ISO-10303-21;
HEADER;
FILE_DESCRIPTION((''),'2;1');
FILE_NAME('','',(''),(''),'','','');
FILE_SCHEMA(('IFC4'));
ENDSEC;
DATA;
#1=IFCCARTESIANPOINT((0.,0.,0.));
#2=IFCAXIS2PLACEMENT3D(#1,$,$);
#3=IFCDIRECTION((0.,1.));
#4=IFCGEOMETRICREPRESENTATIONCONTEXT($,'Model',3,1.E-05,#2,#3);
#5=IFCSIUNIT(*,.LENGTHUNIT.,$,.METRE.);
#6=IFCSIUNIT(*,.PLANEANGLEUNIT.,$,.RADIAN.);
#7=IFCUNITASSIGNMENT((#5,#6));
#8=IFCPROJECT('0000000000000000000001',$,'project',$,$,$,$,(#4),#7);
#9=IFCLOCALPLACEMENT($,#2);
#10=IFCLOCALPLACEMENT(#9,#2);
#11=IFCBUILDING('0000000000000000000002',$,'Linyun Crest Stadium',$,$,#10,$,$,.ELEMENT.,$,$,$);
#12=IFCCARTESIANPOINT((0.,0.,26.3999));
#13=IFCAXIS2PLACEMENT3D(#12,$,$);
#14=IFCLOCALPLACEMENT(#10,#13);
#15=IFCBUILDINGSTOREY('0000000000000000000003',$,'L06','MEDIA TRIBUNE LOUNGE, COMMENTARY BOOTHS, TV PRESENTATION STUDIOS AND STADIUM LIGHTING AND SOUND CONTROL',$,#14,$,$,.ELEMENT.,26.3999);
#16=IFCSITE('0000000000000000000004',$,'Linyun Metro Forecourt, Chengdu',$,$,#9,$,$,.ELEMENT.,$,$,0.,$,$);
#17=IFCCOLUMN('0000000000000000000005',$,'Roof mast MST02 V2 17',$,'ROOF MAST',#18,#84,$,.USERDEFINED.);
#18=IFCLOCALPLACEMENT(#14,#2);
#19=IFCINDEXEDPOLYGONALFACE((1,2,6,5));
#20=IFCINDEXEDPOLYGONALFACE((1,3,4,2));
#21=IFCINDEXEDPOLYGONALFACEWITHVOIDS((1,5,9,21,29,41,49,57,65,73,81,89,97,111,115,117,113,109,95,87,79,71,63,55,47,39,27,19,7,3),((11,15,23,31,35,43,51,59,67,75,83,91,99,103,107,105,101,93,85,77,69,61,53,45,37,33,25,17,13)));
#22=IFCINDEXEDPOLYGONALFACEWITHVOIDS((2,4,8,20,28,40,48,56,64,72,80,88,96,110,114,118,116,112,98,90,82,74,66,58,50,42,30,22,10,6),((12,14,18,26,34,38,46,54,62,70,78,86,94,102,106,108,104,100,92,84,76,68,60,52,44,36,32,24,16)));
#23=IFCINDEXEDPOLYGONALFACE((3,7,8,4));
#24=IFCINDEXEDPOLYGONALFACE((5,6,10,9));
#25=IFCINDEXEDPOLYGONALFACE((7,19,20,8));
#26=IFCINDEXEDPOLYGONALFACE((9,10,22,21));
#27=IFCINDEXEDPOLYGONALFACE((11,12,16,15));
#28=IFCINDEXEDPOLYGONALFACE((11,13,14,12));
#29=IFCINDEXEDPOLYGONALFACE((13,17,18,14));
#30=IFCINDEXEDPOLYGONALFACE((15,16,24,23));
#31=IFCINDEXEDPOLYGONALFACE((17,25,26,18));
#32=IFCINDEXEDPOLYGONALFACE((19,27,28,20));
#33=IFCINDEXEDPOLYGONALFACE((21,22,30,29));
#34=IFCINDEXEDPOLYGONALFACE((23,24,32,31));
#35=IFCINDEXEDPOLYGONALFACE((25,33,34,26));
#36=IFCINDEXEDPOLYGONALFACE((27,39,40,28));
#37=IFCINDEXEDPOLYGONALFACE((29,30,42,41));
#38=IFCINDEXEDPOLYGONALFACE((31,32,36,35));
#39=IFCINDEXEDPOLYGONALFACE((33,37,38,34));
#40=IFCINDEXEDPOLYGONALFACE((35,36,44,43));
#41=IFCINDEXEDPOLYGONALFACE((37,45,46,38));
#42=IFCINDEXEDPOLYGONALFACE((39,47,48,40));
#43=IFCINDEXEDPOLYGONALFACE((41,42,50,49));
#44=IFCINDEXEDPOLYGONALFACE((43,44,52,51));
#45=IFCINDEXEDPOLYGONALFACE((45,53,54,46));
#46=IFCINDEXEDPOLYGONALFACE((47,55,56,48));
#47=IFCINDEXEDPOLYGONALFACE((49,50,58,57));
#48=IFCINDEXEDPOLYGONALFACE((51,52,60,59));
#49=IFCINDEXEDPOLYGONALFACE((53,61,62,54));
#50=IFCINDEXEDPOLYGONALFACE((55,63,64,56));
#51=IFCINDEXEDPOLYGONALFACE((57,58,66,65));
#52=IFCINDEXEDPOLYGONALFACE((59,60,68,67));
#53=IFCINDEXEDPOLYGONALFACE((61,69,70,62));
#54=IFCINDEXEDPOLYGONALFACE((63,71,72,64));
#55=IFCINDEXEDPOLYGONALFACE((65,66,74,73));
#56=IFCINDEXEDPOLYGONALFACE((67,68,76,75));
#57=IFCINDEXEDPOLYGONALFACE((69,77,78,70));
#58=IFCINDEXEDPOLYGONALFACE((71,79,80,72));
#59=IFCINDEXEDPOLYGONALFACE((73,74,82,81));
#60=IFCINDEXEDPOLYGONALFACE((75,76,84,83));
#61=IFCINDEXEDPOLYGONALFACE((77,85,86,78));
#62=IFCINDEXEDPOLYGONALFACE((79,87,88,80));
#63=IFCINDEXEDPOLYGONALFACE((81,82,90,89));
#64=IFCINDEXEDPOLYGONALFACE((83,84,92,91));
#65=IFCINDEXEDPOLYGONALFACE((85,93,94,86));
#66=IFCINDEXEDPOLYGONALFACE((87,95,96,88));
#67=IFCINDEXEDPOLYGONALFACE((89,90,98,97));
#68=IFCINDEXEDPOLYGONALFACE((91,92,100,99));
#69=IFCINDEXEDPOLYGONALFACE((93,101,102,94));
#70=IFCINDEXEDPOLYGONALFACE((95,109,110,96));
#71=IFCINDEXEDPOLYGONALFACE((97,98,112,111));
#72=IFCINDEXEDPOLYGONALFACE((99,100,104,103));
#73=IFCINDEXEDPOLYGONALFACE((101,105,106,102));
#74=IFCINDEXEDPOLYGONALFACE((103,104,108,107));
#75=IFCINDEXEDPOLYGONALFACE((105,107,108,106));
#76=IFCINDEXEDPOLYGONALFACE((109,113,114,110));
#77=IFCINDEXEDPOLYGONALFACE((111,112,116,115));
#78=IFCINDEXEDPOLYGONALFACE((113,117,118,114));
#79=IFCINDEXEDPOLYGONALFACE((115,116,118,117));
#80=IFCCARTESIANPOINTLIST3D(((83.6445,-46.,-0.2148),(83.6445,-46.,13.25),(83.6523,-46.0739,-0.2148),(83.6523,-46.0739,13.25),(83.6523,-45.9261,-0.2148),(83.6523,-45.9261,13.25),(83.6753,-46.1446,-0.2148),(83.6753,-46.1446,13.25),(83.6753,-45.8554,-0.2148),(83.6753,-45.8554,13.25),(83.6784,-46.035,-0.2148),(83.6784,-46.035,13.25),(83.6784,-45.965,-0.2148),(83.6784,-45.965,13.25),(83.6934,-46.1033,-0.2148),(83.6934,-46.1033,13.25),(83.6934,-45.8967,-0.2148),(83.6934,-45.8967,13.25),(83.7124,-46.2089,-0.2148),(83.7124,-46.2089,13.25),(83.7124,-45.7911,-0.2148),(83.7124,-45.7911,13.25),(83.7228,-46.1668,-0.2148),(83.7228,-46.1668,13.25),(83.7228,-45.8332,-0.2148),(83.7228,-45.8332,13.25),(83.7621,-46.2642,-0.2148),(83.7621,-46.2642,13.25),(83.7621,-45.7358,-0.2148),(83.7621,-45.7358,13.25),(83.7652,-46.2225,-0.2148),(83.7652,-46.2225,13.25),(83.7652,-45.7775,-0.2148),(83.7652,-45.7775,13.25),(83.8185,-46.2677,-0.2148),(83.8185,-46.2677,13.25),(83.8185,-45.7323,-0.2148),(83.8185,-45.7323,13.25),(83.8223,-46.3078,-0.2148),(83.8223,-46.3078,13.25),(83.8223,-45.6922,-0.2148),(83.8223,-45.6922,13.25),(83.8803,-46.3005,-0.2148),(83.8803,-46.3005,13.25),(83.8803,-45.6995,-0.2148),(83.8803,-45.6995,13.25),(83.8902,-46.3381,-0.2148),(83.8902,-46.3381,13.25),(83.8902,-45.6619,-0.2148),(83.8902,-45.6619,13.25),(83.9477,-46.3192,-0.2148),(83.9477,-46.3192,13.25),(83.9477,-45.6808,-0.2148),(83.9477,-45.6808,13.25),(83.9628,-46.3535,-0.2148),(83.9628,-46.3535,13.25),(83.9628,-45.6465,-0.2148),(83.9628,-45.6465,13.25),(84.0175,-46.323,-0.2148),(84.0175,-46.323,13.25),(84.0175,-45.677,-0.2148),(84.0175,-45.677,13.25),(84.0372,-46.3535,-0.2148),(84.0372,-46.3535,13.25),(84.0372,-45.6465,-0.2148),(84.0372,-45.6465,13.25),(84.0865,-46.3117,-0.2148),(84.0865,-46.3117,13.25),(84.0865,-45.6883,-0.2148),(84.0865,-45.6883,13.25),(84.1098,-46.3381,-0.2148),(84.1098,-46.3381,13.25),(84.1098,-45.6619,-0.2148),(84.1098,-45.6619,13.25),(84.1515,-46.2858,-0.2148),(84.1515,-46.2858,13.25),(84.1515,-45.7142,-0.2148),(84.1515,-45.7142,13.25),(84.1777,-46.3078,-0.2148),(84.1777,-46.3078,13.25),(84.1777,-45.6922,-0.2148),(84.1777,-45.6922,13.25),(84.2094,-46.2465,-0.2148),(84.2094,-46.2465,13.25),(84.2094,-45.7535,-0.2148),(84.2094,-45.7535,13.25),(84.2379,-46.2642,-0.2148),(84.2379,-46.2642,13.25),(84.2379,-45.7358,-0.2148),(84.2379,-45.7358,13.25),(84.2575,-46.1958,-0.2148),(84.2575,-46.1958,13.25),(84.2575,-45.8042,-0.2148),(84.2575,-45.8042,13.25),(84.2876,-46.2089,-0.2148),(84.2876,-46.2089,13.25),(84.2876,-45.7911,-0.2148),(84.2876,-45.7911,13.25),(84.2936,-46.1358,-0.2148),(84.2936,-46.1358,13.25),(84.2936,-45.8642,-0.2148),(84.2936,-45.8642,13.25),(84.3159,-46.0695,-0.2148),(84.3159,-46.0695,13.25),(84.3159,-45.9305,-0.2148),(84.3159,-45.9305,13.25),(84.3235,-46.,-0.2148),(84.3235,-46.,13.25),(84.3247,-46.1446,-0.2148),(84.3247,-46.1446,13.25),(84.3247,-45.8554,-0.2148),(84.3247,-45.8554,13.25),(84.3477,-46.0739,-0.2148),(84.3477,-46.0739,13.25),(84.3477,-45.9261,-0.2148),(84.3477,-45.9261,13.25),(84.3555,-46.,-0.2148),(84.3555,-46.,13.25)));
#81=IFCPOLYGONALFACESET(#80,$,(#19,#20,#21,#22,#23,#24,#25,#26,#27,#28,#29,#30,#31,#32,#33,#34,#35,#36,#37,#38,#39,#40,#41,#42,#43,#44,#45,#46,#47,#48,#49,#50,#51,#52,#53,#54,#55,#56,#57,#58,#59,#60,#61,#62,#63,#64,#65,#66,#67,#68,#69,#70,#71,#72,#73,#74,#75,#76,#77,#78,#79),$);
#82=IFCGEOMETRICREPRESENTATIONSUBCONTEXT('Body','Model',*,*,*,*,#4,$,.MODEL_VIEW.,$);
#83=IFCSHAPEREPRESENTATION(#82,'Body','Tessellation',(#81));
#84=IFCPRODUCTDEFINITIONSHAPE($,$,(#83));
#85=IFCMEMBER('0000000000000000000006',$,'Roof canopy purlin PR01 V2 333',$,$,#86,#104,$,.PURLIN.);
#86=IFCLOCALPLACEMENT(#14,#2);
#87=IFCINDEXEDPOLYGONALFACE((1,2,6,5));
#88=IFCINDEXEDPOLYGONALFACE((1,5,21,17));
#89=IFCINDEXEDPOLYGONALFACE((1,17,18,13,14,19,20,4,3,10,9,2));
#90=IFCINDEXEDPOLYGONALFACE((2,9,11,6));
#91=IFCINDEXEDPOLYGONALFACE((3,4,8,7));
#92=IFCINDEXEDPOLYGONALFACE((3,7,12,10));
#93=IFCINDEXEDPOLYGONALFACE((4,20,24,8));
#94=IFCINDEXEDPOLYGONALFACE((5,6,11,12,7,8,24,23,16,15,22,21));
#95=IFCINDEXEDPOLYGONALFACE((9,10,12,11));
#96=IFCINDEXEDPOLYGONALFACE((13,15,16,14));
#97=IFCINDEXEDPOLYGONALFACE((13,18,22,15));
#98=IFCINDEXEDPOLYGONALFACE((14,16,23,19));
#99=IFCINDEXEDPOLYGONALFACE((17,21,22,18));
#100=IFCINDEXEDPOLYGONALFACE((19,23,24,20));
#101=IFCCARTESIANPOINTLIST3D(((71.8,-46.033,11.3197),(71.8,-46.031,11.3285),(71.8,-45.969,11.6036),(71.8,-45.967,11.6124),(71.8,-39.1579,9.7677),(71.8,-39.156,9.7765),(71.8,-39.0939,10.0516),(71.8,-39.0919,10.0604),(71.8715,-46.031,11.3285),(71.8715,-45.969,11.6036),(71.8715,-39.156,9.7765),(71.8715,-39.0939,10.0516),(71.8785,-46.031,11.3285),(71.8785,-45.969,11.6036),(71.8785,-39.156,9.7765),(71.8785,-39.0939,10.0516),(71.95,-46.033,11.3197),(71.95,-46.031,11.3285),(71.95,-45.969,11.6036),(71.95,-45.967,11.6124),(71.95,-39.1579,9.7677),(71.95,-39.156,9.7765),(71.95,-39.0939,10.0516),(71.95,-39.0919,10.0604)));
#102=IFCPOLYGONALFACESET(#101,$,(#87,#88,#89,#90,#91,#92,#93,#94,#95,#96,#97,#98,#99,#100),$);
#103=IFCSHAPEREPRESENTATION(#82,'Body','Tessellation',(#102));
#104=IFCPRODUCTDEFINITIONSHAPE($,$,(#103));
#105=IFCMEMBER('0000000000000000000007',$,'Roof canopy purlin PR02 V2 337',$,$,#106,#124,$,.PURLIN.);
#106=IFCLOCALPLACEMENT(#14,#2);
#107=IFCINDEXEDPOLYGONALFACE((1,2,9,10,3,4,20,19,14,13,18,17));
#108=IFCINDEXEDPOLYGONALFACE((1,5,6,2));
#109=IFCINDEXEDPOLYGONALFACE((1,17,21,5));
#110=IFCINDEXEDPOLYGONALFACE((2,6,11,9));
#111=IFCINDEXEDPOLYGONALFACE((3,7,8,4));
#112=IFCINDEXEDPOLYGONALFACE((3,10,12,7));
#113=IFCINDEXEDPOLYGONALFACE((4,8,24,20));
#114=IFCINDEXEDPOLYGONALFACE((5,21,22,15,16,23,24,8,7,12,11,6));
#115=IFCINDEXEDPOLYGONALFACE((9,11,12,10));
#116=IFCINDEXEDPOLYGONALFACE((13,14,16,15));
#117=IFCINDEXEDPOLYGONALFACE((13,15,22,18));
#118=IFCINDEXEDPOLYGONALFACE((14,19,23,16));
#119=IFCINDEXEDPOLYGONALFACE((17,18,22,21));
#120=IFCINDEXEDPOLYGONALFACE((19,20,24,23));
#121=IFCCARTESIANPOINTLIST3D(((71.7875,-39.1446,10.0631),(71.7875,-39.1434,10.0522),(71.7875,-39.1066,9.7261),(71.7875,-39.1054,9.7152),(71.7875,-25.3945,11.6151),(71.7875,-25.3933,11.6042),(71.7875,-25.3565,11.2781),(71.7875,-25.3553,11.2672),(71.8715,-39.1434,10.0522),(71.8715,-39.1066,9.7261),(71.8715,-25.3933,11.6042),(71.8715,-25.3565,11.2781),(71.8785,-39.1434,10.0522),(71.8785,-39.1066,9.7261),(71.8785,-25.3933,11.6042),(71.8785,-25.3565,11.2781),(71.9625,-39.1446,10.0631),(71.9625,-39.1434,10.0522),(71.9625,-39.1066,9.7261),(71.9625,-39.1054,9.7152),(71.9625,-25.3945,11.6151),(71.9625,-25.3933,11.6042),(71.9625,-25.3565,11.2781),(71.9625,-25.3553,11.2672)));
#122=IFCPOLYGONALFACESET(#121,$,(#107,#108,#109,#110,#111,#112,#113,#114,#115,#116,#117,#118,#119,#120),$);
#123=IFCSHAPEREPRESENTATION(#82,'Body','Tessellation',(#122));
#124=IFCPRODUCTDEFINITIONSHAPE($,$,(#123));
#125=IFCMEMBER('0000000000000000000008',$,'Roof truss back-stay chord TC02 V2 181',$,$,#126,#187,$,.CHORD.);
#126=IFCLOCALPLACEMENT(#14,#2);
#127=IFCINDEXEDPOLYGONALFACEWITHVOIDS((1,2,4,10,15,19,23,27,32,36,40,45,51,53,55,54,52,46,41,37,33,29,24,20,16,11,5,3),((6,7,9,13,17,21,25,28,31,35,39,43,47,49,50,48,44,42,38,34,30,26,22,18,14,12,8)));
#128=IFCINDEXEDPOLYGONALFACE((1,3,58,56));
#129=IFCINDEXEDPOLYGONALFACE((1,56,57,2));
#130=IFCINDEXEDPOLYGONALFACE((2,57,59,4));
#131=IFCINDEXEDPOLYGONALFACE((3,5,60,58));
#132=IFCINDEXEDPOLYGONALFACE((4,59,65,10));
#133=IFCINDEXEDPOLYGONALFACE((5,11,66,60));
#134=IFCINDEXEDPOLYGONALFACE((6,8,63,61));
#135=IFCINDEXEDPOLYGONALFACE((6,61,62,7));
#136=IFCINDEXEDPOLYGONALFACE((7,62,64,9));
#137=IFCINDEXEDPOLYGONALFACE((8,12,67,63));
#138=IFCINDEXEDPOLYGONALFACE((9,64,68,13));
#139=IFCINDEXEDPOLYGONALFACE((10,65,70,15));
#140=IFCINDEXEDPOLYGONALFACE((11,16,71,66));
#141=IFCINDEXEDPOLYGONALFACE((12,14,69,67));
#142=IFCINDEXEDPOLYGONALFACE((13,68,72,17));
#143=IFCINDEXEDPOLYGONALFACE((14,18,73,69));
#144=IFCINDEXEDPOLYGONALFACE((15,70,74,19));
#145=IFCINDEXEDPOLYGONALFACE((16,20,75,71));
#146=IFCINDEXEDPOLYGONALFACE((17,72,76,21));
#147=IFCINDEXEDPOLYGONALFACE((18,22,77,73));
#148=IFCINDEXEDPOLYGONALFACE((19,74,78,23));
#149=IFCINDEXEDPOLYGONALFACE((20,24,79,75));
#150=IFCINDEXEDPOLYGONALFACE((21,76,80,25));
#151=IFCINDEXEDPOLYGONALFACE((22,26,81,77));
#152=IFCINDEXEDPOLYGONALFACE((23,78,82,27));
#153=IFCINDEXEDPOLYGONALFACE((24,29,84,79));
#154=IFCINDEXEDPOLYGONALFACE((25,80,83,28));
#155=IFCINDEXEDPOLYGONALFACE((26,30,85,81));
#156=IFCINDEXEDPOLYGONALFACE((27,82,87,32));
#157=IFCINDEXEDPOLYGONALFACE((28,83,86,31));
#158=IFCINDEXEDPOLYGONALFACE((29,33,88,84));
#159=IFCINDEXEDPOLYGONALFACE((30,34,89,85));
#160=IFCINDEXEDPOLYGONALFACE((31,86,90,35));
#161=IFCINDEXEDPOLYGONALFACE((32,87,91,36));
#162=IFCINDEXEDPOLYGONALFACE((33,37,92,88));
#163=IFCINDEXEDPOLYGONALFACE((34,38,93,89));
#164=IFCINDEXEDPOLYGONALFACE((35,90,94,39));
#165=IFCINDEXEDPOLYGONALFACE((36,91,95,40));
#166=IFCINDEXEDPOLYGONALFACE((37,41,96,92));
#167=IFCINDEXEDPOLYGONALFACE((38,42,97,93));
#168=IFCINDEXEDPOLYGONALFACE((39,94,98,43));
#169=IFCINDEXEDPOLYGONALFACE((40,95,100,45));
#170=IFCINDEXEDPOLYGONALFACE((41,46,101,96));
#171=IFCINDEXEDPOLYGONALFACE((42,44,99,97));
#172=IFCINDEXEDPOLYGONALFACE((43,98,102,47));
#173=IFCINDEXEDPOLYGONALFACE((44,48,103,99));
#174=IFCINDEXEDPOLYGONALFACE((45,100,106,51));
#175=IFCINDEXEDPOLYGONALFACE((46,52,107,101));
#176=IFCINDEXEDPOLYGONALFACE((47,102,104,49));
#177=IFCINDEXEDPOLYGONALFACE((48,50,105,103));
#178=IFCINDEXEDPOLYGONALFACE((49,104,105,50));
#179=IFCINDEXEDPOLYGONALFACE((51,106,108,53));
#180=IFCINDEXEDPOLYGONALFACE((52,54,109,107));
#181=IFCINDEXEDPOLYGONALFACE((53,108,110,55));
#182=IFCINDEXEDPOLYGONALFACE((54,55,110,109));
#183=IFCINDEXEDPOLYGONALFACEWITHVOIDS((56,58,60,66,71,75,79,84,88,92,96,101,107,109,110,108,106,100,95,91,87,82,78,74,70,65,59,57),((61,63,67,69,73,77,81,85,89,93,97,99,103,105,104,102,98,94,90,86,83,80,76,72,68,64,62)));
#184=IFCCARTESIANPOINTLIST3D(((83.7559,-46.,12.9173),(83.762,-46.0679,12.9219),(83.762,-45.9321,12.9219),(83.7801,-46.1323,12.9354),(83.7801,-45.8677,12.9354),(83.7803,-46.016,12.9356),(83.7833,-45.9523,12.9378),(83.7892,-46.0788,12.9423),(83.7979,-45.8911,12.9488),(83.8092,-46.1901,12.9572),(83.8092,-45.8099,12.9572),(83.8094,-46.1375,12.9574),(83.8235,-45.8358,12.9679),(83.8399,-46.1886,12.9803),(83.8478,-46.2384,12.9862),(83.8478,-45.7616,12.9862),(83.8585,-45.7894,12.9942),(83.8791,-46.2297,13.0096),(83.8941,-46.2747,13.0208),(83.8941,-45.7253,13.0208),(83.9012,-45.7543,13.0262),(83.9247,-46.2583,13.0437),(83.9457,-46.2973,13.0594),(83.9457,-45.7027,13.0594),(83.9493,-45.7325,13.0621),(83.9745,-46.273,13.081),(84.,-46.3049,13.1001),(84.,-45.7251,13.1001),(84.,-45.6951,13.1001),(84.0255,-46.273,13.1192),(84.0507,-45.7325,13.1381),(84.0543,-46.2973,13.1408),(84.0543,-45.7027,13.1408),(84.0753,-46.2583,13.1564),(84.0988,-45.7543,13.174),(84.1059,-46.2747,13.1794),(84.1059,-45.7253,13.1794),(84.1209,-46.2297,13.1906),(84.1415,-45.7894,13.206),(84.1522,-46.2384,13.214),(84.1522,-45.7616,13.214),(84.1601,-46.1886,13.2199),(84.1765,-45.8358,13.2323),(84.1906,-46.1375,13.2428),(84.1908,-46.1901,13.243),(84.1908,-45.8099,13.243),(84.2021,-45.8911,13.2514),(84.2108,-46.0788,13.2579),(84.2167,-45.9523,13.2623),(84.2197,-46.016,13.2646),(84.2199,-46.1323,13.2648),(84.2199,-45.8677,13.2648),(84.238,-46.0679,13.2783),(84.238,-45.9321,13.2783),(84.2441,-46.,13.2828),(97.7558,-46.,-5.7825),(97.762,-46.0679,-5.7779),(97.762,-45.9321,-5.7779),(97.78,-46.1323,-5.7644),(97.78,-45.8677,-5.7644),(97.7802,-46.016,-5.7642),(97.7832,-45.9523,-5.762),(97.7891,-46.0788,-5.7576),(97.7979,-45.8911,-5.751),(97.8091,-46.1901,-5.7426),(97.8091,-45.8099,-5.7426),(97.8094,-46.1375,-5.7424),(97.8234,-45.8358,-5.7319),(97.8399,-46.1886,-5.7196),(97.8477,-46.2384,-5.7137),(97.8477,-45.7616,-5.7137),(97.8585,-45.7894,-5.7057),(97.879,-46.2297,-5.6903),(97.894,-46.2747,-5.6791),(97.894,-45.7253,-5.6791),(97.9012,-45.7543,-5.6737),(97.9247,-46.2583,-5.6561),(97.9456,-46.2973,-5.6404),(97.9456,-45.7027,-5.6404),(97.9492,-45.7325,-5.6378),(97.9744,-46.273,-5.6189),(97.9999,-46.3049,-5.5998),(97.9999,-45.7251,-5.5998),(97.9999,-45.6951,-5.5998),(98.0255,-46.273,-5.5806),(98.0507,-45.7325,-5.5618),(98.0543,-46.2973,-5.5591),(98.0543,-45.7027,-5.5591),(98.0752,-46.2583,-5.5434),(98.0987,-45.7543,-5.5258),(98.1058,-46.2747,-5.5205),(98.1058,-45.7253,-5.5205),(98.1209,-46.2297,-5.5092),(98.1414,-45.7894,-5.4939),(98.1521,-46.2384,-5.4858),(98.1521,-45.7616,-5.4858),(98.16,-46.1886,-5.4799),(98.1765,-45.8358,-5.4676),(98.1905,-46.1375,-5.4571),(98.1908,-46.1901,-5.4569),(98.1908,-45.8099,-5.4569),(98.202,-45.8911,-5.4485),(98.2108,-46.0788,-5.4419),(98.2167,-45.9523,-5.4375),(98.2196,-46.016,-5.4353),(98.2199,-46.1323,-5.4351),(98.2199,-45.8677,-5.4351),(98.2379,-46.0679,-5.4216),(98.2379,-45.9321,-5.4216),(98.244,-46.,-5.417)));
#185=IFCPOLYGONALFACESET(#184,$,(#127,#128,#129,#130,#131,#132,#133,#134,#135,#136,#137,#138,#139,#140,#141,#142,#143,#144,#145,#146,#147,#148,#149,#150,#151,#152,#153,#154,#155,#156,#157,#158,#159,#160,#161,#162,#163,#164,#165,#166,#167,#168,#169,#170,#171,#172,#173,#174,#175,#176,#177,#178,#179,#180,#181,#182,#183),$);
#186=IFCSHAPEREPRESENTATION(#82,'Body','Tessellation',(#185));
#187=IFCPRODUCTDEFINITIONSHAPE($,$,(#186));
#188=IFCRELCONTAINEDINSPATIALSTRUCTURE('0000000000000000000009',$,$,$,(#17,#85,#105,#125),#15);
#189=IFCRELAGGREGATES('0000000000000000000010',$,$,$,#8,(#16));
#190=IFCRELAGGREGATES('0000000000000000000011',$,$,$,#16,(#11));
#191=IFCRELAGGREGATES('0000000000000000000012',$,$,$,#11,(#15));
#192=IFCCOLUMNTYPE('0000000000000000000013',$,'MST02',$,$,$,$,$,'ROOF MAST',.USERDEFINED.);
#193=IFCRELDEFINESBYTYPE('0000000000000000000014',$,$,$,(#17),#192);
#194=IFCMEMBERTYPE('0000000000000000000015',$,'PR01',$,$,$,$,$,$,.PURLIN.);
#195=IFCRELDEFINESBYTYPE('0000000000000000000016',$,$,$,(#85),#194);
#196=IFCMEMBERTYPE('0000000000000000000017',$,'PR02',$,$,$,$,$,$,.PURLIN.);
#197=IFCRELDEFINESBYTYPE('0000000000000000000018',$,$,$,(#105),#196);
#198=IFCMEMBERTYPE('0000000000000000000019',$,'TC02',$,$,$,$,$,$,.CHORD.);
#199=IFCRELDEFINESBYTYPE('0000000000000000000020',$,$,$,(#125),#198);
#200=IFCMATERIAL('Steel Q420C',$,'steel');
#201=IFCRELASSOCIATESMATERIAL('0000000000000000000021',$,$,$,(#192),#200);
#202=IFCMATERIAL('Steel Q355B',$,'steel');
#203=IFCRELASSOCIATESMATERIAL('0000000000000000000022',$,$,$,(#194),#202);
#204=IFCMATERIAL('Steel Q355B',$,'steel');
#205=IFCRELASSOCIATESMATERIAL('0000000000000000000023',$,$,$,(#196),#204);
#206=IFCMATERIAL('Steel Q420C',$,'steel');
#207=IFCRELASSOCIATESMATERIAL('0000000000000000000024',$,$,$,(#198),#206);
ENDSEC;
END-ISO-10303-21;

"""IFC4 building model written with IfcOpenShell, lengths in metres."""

from ifc_helpers import new_model, si_unit, direction, frame, origin, origin_2d, place, context, subcontext, project, spatial, hollow_circle, i_section, extrude, material, material_profile, profile_set, type_object, element, save


model = new_model("IFC4")

# Units and contexts
model_context = context("Model", 3, precision=1e-05, world=origin(), true_north=direction((0.0, 1.0)))
body_context = subcontext(model_context, "Body", "Model", "MODEL_VIEW")
ifc_project = project(units=[si_unit("LENGTHUNIT", "METRE"), si_unit("PLANEANGLEUNIT", "RADIAN")], contexts=[model_context])

# Site, building, storey
site_placement = place(None, origin())
site = spatial("IfcSite", under=ifc_project, at=site_placement, Name="Linyun Metro Forecourt, Chengdu", CompositionType="ELEMENT", RefElevation=0.0)
building_placement = place(site_placement, origin())
building = spatial("IfcBuilding", under=site, at=building_placement, Name="Linyun Crest Stadium", CompositionType="ELEMENT")
storey_placement = place(building_placement, frame((0.0, 0.0, 26.3999)))
storey = spatial("IfcBuildingStorey", under=building, at=storey_placement, Name="L06", Description="MEDIA TRIBUNE LOUNGE, COMMENTARY BOOTHS, TV PRESENTATION STUDIOS AND STADIUM LIGHTING AND SOUND CONTROL", CompositionType="ELEMENT", Elevation=26.3999)

# Column
ifc_material_1 = material(Name="Steel Q420C", Category="steel")
ifc_material_profile_1 = material_profile(ifc_material_1, hollow_circle(Radius=0.3555, WallThickness=0.032, at=origin_2d()), Name="CHS 711x32")
ifc_profile_set_1 = profile_set([ifc_material_profile_1], Name="Steel Q420C")
column_type = type_object("IfcColumnType", Name="MST02", ElementType="ROOF MAST", PredefinedType="USERDEFINED", material=ifc_profile_set_1)
column_placement = place(storey_placement, frame((84.0, -46.0, -0.2148), z_axis=(0.0, 0.0, 1.0), x_axis=(1.0, 0.0, 0.0)))
element("IfcColumn", 1, at=column_placement, inside=storey, type_object=column_type, Name="Roof mast MST02 V2 17", ObjectType="ROOF MAST", PredefinedType="USERDEFINED", context=body_context, shape_type="SweptSolid", body=[
    extrude(hollow_circle(Radius=0.3555, WallThickness=0.032, at=origin_2d()), origin(), (0.0, 0.0, 1.0), 13.4648),
])

# Members
ifc_material_2 = material(Name="Steel Q355B", Category="steel")
ifc_material_profile_2 = material_profile(ifc_material_2, i_section(OverallWidth=0.1499, OverallDepth=0.3, WebThickness=0.0071, FlangeThickness=0.009, at=origin_2d()), Name="HN 300x150")
ifc_profile_set_2 = profile_set([ifc_material_profile_2], Name="Steel Q355B")
member_type_1 = type_object("IfcMemberType", Name="PR01", PredefinedType="PURLIN", material=ifc_profile_set_2)
member_1_placement = place(storey_placement, frame((71.875, -46.0, 11.4661), z_axis=(0.0, 0.975454, -0.220205), x_axis=(-1.0, 0.0, 0.0)))
element("IfcMember", 2, at=member_1_placement, inside=storey, type_object=member_type_1, Name="Roof canopy purlin PR01 V2 333", PredefinedType="PURLIN", context=body_context, shape_type="SweptSolid", body=[
    extrude(i_section(OverallWidth=0.1499, OverallDepth=0.3, WebThickness=0.0071, FlangeThickness=0.009, at=origin_2d()), origin(), (0.0, 0.0, 1.0), 7.0481),
])
ifc_material_3 = material(Name="Steel Q355B", Category="steel")
ifc_material_profile_3 = material_profile(ifc_material_3, i_section(OverallWidth=0.175, OverallDepth=0.3501, WebThickness=0.0071, FlangeThickness=0.011, at=origin_2d()), Name="HN 350x175")
ifc_profile_set_3 = profile_set([ifc_material_profile_3], Name="Steel Q355B")
member_type_2 = type_object("IfcMemberType", Name="PR02", PredefinedType="PURLIN", material=ifc_profile_set_3)
member_2_placement = place(storey_placement, frame((71.875, -39.125, 9.8892), z_axis=(0.0, 0.99369, 0.112161), x_axis=(-1.0, 0.0, 0.0)))
element("IfcMember", 3, at=member_2_placement, inside=storey, type_object=member_type_2, Name="Roof canopy purlin PR02 V2 337", PredefinedType="PURLIN", context=body_context, shape_type="SweptSolid", body=[
    extrude(i_section(OverallWidth=0.175, OverallDepth=0.3501, WebThickness=0.0071, FlangeThickness=0.011, at=origin_2d()), origin(), (0.0, 0.0, 1.0), 13.8374),
])
ifc_material_4 = material(Name="Steel Q420C", Category="steel")
ifc_material_profile_4 = material_profile(ifc_material_4, hollow_circle(Radius=0.3049, WallThickness=0.03, at=origin_2d()), Name="CHS 610x30")
ifc_profile_set_4 = profile_set([ifc_material_profile_4], Name="Steel Q420C")
member_type_3 = type_object("IfcMemberType", Name="TC02", PredefinedType="CHORD", material=ifc_profile_set_4)
member_3_placement = place(storey_placement, frame((84.0, -46.0, 13.1001), z_axis=(0.599316, 0.0, -0.800513), x_axis=(0.0, 1.0, 0.0)))
element("IfcMember", 4, at=member_3_placement, inside=storey, type_object=member_type_3, Name="Roof truss back-stay chord TC02 V2 181", PredefinedType="CHORD", context=body_context, shape_type="SweptSolid", body=[
    extrude(hollow_circle(Radius=0.3049, WallThickness=0.03, at=origin_2d()), origin(), (0.0, 0.0, 1.0), 23.3599),
])

save(model, "model.ifc")
